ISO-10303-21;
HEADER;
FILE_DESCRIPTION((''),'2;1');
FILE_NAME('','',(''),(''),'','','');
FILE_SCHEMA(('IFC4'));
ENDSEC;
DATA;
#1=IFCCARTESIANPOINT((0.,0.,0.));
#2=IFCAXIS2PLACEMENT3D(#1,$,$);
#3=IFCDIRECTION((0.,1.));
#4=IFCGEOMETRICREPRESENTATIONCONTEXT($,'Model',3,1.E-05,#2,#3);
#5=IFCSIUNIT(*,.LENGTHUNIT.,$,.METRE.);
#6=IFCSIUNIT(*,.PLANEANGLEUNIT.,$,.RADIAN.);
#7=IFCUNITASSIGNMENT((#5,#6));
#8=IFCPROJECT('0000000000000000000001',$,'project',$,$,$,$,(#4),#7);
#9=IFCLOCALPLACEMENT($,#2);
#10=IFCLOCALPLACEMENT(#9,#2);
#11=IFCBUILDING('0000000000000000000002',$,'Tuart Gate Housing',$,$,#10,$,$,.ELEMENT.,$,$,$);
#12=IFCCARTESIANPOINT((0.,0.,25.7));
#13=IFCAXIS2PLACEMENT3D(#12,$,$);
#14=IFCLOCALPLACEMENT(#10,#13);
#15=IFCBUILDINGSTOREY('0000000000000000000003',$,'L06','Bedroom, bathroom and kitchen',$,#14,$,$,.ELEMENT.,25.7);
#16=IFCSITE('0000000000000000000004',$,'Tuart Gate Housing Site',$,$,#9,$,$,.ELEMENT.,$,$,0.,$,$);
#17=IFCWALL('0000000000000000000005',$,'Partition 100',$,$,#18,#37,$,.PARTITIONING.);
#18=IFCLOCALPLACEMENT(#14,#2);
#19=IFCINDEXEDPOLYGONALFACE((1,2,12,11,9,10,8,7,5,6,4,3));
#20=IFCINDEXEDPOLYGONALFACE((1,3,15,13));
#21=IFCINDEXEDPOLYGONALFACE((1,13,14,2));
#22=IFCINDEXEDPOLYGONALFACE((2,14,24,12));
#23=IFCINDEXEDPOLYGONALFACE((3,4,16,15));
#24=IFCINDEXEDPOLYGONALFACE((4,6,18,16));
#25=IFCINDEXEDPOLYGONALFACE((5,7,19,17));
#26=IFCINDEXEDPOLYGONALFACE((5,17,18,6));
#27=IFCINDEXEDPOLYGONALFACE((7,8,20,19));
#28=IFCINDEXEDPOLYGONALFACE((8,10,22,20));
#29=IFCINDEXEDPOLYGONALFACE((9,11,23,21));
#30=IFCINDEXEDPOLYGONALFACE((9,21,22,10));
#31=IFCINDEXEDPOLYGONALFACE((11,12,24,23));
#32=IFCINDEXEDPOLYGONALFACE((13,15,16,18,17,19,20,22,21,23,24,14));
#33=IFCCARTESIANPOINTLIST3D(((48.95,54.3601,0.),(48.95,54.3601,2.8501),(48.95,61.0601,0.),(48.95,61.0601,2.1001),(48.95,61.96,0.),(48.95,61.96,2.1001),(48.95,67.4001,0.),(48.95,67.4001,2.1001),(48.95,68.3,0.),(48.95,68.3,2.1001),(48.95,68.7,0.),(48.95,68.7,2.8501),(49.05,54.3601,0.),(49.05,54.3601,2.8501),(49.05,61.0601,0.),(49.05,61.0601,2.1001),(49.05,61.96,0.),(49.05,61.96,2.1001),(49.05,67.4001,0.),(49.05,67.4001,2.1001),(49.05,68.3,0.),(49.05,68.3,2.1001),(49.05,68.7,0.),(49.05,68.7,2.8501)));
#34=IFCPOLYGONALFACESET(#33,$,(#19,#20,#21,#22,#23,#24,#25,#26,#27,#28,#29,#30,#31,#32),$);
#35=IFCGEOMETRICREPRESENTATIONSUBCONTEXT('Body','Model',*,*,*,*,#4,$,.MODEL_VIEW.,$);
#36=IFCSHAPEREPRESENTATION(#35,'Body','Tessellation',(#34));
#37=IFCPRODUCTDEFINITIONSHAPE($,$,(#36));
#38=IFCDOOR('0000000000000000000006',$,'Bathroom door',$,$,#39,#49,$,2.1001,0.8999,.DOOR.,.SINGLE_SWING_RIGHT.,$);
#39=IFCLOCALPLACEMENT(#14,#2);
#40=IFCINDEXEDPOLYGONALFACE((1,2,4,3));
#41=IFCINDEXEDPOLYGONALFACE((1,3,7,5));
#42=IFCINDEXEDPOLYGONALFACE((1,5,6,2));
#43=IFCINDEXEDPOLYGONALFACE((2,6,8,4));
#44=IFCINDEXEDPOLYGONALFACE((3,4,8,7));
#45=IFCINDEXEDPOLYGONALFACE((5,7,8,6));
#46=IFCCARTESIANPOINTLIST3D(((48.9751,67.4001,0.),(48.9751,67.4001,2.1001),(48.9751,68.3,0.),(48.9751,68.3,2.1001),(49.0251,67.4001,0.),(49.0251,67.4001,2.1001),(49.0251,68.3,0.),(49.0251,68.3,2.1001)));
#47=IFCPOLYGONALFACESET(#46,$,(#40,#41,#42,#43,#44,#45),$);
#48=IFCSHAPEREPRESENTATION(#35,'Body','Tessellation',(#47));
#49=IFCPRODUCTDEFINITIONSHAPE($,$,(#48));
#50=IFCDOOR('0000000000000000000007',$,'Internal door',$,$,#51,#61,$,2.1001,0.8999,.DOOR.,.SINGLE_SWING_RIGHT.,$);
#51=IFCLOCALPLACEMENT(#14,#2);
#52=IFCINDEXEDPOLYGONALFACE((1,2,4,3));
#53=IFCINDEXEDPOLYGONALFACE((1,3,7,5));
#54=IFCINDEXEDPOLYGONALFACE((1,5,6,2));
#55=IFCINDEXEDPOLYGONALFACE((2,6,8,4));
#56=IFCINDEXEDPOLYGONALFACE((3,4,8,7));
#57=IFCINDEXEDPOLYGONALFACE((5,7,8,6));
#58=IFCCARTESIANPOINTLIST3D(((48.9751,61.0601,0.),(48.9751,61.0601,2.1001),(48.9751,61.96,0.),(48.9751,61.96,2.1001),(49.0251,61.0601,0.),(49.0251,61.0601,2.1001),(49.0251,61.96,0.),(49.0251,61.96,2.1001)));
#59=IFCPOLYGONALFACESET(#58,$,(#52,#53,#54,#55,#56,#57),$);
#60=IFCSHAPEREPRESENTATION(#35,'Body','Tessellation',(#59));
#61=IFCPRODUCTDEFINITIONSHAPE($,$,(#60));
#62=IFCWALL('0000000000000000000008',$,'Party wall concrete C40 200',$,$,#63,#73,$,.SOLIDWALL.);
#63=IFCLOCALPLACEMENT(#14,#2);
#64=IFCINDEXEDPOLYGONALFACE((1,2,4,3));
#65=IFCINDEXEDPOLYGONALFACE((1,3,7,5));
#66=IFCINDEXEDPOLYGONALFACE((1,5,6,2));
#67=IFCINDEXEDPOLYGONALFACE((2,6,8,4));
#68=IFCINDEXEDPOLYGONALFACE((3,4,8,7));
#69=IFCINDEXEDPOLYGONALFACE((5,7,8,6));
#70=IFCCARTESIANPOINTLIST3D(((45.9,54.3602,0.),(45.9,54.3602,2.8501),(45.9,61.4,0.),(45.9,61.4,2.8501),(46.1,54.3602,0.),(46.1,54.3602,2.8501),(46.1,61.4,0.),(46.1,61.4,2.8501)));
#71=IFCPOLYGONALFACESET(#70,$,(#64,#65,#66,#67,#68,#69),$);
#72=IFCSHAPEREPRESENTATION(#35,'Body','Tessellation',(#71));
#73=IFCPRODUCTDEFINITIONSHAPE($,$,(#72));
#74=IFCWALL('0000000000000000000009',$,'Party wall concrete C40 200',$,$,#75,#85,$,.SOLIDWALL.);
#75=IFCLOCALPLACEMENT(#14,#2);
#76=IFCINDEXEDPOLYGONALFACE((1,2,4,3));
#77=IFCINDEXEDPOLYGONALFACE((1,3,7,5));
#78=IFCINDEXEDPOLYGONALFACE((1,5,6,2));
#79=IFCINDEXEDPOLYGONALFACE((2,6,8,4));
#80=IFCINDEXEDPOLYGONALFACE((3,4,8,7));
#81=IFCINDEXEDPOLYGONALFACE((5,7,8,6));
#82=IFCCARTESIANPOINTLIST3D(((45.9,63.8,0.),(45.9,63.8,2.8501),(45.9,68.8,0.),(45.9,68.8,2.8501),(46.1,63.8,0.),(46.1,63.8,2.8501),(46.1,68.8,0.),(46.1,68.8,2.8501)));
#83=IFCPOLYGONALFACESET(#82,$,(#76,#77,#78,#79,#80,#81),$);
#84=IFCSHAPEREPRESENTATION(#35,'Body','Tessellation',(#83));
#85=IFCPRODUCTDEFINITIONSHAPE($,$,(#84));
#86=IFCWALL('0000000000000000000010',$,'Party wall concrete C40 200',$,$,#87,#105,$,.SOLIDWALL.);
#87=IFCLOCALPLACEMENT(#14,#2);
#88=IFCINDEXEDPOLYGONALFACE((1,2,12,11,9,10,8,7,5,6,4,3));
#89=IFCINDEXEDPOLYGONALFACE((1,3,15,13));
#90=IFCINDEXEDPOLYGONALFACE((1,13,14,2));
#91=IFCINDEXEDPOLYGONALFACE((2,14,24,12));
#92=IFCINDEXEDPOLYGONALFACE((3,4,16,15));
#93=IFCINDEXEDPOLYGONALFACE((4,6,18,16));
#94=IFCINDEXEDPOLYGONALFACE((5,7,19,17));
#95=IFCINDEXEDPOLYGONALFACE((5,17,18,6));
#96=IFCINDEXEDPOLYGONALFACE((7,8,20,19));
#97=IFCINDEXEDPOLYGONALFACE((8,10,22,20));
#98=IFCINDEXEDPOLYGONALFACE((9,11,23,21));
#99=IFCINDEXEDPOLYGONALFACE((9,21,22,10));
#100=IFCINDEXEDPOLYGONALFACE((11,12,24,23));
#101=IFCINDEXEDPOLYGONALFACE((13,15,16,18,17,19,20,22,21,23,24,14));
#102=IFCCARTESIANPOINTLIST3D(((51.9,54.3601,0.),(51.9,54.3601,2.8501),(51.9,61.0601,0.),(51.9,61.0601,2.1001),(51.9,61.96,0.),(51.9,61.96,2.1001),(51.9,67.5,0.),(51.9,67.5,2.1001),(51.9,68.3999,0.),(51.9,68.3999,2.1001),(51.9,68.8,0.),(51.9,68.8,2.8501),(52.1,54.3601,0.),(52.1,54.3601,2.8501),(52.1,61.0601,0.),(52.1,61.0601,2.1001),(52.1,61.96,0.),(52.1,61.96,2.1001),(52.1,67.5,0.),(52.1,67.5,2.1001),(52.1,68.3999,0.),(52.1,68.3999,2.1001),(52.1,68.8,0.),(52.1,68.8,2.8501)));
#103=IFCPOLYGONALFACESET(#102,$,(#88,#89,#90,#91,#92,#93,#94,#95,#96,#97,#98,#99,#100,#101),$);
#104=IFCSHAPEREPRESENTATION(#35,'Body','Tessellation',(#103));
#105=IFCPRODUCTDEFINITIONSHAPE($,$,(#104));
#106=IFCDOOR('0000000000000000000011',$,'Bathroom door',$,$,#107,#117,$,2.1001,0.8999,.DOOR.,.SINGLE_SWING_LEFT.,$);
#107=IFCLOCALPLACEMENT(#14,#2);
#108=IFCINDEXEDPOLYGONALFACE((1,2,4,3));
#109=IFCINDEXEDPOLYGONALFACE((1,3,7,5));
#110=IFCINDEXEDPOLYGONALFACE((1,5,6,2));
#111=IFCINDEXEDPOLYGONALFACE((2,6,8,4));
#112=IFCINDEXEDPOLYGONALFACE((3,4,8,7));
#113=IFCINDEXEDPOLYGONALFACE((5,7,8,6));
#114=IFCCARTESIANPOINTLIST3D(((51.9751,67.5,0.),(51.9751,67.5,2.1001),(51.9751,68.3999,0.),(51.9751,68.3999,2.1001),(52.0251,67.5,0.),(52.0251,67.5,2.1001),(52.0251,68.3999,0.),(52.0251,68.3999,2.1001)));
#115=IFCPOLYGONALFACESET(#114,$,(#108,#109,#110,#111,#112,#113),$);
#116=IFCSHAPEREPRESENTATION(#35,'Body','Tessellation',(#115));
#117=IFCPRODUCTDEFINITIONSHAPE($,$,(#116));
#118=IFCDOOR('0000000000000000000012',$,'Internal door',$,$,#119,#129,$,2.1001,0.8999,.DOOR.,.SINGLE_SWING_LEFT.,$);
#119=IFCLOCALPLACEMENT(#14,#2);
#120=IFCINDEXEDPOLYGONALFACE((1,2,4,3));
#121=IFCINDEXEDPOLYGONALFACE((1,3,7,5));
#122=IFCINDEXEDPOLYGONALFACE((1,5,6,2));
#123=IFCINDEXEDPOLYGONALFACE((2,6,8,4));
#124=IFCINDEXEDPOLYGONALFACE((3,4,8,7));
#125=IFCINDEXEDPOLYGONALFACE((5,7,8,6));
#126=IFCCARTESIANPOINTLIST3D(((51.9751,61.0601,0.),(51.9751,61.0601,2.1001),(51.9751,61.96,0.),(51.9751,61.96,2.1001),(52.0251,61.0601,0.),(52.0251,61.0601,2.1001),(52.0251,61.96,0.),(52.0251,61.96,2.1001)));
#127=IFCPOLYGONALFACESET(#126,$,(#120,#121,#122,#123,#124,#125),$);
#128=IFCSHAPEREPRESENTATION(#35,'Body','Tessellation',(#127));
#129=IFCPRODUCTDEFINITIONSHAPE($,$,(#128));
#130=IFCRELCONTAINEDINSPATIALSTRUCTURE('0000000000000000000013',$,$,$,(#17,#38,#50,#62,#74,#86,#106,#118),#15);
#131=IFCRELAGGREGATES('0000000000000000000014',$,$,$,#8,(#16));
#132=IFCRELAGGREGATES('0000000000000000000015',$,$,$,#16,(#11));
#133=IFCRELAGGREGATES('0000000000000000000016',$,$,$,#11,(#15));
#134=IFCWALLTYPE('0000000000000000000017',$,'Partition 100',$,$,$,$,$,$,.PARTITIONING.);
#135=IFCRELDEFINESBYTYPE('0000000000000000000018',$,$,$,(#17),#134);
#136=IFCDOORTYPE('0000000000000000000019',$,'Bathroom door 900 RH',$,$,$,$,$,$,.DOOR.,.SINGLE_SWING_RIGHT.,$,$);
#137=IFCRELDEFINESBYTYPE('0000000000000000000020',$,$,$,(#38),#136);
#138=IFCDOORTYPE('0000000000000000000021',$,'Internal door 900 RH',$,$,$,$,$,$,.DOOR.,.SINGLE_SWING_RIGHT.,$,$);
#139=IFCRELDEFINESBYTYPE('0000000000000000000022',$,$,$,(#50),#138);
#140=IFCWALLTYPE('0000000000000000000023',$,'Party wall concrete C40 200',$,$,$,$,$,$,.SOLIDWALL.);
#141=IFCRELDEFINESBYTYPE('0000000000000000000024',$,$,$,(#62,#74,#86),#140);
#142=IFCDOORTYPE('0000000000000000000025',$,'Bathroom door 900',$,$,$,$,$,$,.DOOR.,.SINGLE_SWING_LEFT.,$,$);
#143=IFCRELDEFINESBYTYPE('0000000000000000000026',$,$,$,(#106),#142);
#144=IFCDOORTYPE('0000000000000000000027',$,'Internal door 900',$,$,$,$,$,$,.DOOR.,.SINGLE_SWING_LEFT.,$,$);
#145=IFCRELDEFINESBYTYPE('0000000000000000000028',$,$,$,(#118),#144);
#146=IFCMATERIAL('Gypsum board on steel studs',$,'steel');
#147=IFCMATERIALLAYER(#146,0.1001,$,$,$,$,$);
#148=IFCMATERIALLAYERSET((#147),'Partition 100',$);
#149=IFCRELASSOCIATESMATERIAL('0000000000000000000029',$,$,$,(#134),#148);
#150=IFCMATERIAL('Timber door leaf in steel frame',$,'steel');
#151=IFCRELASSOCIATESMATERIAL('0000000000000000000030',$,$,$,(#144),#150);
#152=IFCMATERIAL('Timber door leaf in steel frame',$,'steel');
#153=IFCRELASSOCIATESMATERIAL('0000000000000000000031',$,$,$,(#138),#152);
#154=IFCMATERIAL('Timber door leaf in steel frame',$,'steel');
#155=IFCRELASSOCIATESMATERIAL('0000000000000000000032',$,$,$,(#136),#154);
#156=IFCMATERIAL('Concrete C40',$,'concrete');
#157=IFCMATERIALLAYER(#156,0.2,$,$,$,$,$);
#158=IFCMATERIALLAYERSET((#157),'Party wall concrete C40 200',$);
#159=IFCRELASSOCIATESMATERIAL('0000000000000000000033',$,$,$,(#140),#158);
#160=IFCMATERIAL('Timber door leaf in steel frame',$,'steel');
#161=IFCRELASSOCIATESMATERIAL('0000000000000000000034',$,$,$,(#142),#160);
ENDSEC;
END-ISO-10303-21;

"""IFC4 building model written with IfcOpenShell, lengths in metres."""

from ifc_helpers import new_model, si_unit, direction, frame, frame_2d, origin, place, context, subcontext, project, spatial, rectangle, extrude, material, layer, layer_set, type_object, element, fill, save


model = new_model("IFC4")

# Units and contexts
model_context = context("Model", 3, precision=1e-05, world=origin(), true_north=direction((0.0, 1.0)))
body_context = subcontext(model_context, "Body", "Model", "MODEL_VIEW")
ifc_project = project(units=[si_unit("LENGTHUNIT", "METRE"), si_unit("PLANEANGLEUNIT", "RADIAN")], contexts=[model_context])

# Site, building, storey
site_placement = place(None, origin())
site = spatial("IfcSite", under=ifc_project, at=site_placement, Name="Tuart Gate Housing Site", CompositionType="ELEMENT", RefElevation=0.0)
building_placement = place(site_placement, origin())
building = spatial("IfcBuilding", under=site, at=building_placement, Name="Tuart Gate Housing", CompositionType="ELEMENT")
storey_placement = place(building_placement, frame((0.0, 0.0, 25.7)))
storey = spatial("IfcBuildingStorey", under=building, at=storey_placement, Name="L06", Description="Bedroom, bathroom and kitchen", CompositionType="ELEMENT", Elevation=25.7)

# Shared definitions
ifc_material_1 = material(Name="Gypsum board on steel studs", Category="steel")
ifc_layer_1 = layer(ifc_material_1, 0.1001)
ifc_layer_set_1 = layer_set([ifc_layer_1], Name="Partition 100")
wall_type_1 = type_object("IfcWallType", Name="Partition 100", PredefinedType="PARTITIONING", material=ifc_layer_set_1)
ifc_material_2 = material(Name="Timber door leaf in steel frame", Category="steel")
door_type_1 = type_object("IfcDoorType", Name="Internal door 900", OperationType="SINGLE_SWING_LEFT", PredefinedType="DOOR", material=ifc_material_2)
ifc_material_3 = material(Name="Timber door leaf in steel frame", Category="steel")
door_type_2 = type_object("IfcDoorType", Name="Internal door 900 RH", OperationType="SINGLE_SWING_RIGHT", PredefinedType="DOOR", material=ifc_material_3)

# Wall, openings, doors
wall_1_placement = place(storey_placement, frame((49.0, 54.3601, 0.0), z_axis=(0.0, 0.0, 1.0), x_axis=(0.0, 1.0, 0.0)))
wall_1 = element("IfcWall", 1, at=wall_1_placement, inside=storey, type_object=wall_type_1, Name="Partition 100", PredefinedType="PARTITIONING", context=body_context, shape_type="SweptSolid", body=[
    extrude(rectangle(XDim=14.3398, YDim=0.1001, at=frame_2d((7.1699, 0.0))), origin(), (0.0, 0.0, 1.0), 2.8501),
])
opening_1_placement = place(wall_1_placement, frame((6.7, 0.0, 0.0)))
opening_1 = element("IfcOpeningElement", 2, at=opening_1_placement, cuts=wall_1, PredefinedType="OPENING", context=body_context, shape_type="SweptSolid", body=[
    extrude(rectangle(XDim=0.8999, YDim=2.1001, at=frame_2d((0.45, 1.05))), frame((0.0, 0.0601, 0.0), z_axis=(0.0, -1.0, 0.0), x_axis=(1.0, 0.0, 0.0)), (0.0, 0.0, 1.0), 0.1201),
])
opening_2_placement = place(wall_1_placement, frame((13.04, 0.0, 0.0)))
opening_2 = element("IfcOpeningElement", 3, at=opening_2_placement, cuts=wall_1, PredefinedType="OPENING", context=body_context, shape_type="SweptSolid", body=[
    extrude(rectangle(XDim=0.8999, YDim=2.1001, at=frame_2d((0.45, 1.05))), frame((0.0, 0.0601, 0.0), z_axis=(0.0, -1.0, 0.0), x_axis=(1.0, 0.0, 0.0)), (0.0, 0.0, 1.0), 0.1201),
])
ifc_material_4 = material(Name="Timber door leaf in steel frame", Category="steel")
door_type_3 = type_object("IfcDoorType", Name="Bathroom door 900 RH", OperationType="SINGLE_SWING_RIGHT", PredefinedType="DOOR", material=ifc_material_4)
door_1_placement = place(opening_2_placement, origin())
door_1 = element("IfcDoor", 4, at=door_1_placement, inside=storey, type_object=door_type_3, Name="Bathroom door", OperationType="SINGLE_SWING_RIGHT", OverallHeight=2.1001, OverallWidth=0.8999, PredefinedType="DOOR", context=body_context, shape_type="SweptSolid", body=[
    extrude(rectangle(XDim=0.8999, YDim=2.1001, at=frame_2d((0.45, 1.05))), frame((0.0, 0.0249, 0.0), z_axis=(0.0, -1.0, 0.0), x_axis=(1.0, 0.0, 0.0)), (0.0, 0.0, 1.0), 0.05),
])
fill(opening_2, door_1)
door_2_placement = place(opening_1_placement, origin())
door_2 = element("IfcDoor", 5, at=door_2_placement, inside=storey, type_object=door_type_2, Name="Internal door", OperationType="SINGLE_SWING_RIGHT", OverallHeight=2.1001, OverallWidth=0.8999, PredefinedType="DOOR", context=body_context, shape_type="SweptSolid", body=[
    extrude(rectangle(XDim=0.8999, YDim=2.1001, at=frame_2d((0.45, 1.05))), frame((0.0, 0.0249, 0.0), z_axis=(0.0, -1.0, 0.0), x_axis=(1.0, 0.0, 0.0)), (0.0, 0.0, 1.0), 0.05),
])
fill(opening_1, door_2)

# Walls
ifc_material_5 = material(Name="Concrete C40", Category="concrete")
ifc_layer_2 = layer(ifc_material_5, 0.2)
ifc_layer_set_2 = layer_set([ifc_layer_2], Name="Party wall concrete C40 200")
wall_type_2 = type_object("IfcWallType", Name="Party wall concrete C40 200", PredefinedType="SOLIDWALL", material=ifc_layer_set_2)
wall_2_placement = place(storey_placement, frame((46.0, 54.3601, 0.0), z_axis=(0.0, 0.0, 1.0), x_axis=(0.0, 1.0, 0.0)))
element("IfcWall", 6, at=wall_2_placement, inside=storey, type_object=wall_type_2, Name="Party wall concrete C40 200", PredefinedType="SOLIDWALL", context=body_context, shape_type="SweptSolid", body=[
    extrude(rectangle(XDim=7.0398, YDim=0.2, at=frame_2d((3.52, 0.0))), origin(), (0.0, 0.0, 1.0), 2.8501),
])
wall_3_placement = place(storey_placement, frame((46.0, 63.8, 0.0), z_axis=(0.0, 0.0, 1.0), x_axis=(0.0, 1.0, 0.0)))
element("IfcWall", 7, at=wall_3_placement, inside=storey, type_object=wall_type_2, Name="Party wall concrete C40 200", PredefinedType="SOLIDWALL", context=body_context, shape_type="SweptSolid", body=[
    extrude(rectangle(XDim=5.0, YDim=0.2, at=frame_2d((2.5, 0.0))), origin(), (0.0, 0.0, 1.0), 2.8501),
])

# Wall, openings, doors
wall_4_placement = place(storey_placement, frame((52.0, 54.3601, 0.0), z_axis=(0.0, 0.0, 1.0), x_axis=(0.0, 1.0, 0.0)))
wall_4 = element("IfcWall", 8, at=wall_4_placement, inside=storey, type_object=wall_type_2, Name="Party wall concrete C40 200", PredefinedType="SOLIDWALL", context=body_context, shape_type="SweptSolid", body=[
    extrude(rectangle(XDim=14.4399, YDim=0.2, at=frame_2d((7.22, 0.0))), origin(), (0.0, 0.0, 1.0), 2.8501),
])
opening_3_placement = place(wall_4_placement, frame((6.7, 0.0, 0.0)))
opening_3 = element("IfcOpeningElement", 9, at=opening_3_placement, cuts=wall_4, PredefinedType="OPENING", context=body_context, shape_type="SweptSolid", body=[
    extrude(rectangle(XDim=0.8999, YDim=2.1001, at=frame_2d((0.45, 1.05))), frame((0.0, 0.1099, 0.0), z_axis=(0.0, -1.0, 0.0), x_axis=(1.0, 0.0, 0.0)), (0.0, 0.0, 1.0), 0.22),
])
opening_4_placement = place(wall_4_placement, frame((13.1399, 0.0, 0.0)))
opening_4 = element("IfcOpeningElement", 10, at=opening_4_placement, cuts=wall_4, PredefinedType="OPENING", context=body_context, shape_type="SweptSolid", body=[
    extrude(rectangle(XDim=0.8999, YDim=2.1001, at=frame_2d((0.45, 1.05))), frame((0.0, 0.1099, 0.0), z_axis=(0.0, -1.0, 0.0), x_axis=(1.0, 0.0, 0.0)), (0.0, 0.0, 1.0), 0.22),
])
ifc_material_6 = material(Name="Timber door leaf in steel frame", Category="steel")
door_type_4 = type_object("IfcDoorType", Name="Bathroom door 900", OperationType="SINGLE_SWING_LEFT", PredefinedType="DOOR", material=ifc_material_6)
door_3_placement = place(opening_4_placement, frame((0.8999, 0.0, 0.0), z_axis=(0.0, 0.0, 1.0), x_axis=(-1.0, 0.0, 0.0)))
door_3 = element("IfcDoor", 11, at=door_3_placement, inside=storey, type_object=door_type_4, Name="Bathroom door", OperationType="SINGLE_SWING_LEFT", OverallHeight=2.1001, OverallWidth=0.8999, PredefinedType="DOOR", context=body_context, shape_type="SweptSolid", body=[
    extrude(rectangle(XDim=0.8999, YDim=2.1001, at=frame_2d((0.45, 1.05))), frame((0.0, 0.0251, 0.0), z_axis=(0.0, -1.0, 0.0), x_axis=(1.0, 0.0, 0.0)), (0.0, 0.0, 1.0), 0.05),
])
fill(opening_4, door_3)
door_4_placement = place(opening_3_placement, frame((0.8999, 0.0, 0.0), z_axis=(0.0, 0.0, 1.0), x_axis=(-1.0, 0.0, 0.0)))
door_4 = element("IfcDoor", 12, at=door_4_placement, inside=storey, type_object=door_type_1, Name="Internal door", OperationType="SINGLE_SWING_LEFT", OverallHeight=2.1001, OverallWidth=0.8999, PredefinedType="DOOR", context=body_context, shape_type="SweptSolid", body=[
    extrude(rectangle(XDim=0.8999, YDim=2.1001, at=frame_2d((0.45, 1.05))), frame((0.0, 0.0251, 0.0), z_axis=(0.0, -1.0, 0.0), x_axis=(1.0, 0.0, 0.0)), (0.0, 0.0, 1.0), 0.05),
])
fill(opening_3, door_4)

save(model, "model.ifc")
